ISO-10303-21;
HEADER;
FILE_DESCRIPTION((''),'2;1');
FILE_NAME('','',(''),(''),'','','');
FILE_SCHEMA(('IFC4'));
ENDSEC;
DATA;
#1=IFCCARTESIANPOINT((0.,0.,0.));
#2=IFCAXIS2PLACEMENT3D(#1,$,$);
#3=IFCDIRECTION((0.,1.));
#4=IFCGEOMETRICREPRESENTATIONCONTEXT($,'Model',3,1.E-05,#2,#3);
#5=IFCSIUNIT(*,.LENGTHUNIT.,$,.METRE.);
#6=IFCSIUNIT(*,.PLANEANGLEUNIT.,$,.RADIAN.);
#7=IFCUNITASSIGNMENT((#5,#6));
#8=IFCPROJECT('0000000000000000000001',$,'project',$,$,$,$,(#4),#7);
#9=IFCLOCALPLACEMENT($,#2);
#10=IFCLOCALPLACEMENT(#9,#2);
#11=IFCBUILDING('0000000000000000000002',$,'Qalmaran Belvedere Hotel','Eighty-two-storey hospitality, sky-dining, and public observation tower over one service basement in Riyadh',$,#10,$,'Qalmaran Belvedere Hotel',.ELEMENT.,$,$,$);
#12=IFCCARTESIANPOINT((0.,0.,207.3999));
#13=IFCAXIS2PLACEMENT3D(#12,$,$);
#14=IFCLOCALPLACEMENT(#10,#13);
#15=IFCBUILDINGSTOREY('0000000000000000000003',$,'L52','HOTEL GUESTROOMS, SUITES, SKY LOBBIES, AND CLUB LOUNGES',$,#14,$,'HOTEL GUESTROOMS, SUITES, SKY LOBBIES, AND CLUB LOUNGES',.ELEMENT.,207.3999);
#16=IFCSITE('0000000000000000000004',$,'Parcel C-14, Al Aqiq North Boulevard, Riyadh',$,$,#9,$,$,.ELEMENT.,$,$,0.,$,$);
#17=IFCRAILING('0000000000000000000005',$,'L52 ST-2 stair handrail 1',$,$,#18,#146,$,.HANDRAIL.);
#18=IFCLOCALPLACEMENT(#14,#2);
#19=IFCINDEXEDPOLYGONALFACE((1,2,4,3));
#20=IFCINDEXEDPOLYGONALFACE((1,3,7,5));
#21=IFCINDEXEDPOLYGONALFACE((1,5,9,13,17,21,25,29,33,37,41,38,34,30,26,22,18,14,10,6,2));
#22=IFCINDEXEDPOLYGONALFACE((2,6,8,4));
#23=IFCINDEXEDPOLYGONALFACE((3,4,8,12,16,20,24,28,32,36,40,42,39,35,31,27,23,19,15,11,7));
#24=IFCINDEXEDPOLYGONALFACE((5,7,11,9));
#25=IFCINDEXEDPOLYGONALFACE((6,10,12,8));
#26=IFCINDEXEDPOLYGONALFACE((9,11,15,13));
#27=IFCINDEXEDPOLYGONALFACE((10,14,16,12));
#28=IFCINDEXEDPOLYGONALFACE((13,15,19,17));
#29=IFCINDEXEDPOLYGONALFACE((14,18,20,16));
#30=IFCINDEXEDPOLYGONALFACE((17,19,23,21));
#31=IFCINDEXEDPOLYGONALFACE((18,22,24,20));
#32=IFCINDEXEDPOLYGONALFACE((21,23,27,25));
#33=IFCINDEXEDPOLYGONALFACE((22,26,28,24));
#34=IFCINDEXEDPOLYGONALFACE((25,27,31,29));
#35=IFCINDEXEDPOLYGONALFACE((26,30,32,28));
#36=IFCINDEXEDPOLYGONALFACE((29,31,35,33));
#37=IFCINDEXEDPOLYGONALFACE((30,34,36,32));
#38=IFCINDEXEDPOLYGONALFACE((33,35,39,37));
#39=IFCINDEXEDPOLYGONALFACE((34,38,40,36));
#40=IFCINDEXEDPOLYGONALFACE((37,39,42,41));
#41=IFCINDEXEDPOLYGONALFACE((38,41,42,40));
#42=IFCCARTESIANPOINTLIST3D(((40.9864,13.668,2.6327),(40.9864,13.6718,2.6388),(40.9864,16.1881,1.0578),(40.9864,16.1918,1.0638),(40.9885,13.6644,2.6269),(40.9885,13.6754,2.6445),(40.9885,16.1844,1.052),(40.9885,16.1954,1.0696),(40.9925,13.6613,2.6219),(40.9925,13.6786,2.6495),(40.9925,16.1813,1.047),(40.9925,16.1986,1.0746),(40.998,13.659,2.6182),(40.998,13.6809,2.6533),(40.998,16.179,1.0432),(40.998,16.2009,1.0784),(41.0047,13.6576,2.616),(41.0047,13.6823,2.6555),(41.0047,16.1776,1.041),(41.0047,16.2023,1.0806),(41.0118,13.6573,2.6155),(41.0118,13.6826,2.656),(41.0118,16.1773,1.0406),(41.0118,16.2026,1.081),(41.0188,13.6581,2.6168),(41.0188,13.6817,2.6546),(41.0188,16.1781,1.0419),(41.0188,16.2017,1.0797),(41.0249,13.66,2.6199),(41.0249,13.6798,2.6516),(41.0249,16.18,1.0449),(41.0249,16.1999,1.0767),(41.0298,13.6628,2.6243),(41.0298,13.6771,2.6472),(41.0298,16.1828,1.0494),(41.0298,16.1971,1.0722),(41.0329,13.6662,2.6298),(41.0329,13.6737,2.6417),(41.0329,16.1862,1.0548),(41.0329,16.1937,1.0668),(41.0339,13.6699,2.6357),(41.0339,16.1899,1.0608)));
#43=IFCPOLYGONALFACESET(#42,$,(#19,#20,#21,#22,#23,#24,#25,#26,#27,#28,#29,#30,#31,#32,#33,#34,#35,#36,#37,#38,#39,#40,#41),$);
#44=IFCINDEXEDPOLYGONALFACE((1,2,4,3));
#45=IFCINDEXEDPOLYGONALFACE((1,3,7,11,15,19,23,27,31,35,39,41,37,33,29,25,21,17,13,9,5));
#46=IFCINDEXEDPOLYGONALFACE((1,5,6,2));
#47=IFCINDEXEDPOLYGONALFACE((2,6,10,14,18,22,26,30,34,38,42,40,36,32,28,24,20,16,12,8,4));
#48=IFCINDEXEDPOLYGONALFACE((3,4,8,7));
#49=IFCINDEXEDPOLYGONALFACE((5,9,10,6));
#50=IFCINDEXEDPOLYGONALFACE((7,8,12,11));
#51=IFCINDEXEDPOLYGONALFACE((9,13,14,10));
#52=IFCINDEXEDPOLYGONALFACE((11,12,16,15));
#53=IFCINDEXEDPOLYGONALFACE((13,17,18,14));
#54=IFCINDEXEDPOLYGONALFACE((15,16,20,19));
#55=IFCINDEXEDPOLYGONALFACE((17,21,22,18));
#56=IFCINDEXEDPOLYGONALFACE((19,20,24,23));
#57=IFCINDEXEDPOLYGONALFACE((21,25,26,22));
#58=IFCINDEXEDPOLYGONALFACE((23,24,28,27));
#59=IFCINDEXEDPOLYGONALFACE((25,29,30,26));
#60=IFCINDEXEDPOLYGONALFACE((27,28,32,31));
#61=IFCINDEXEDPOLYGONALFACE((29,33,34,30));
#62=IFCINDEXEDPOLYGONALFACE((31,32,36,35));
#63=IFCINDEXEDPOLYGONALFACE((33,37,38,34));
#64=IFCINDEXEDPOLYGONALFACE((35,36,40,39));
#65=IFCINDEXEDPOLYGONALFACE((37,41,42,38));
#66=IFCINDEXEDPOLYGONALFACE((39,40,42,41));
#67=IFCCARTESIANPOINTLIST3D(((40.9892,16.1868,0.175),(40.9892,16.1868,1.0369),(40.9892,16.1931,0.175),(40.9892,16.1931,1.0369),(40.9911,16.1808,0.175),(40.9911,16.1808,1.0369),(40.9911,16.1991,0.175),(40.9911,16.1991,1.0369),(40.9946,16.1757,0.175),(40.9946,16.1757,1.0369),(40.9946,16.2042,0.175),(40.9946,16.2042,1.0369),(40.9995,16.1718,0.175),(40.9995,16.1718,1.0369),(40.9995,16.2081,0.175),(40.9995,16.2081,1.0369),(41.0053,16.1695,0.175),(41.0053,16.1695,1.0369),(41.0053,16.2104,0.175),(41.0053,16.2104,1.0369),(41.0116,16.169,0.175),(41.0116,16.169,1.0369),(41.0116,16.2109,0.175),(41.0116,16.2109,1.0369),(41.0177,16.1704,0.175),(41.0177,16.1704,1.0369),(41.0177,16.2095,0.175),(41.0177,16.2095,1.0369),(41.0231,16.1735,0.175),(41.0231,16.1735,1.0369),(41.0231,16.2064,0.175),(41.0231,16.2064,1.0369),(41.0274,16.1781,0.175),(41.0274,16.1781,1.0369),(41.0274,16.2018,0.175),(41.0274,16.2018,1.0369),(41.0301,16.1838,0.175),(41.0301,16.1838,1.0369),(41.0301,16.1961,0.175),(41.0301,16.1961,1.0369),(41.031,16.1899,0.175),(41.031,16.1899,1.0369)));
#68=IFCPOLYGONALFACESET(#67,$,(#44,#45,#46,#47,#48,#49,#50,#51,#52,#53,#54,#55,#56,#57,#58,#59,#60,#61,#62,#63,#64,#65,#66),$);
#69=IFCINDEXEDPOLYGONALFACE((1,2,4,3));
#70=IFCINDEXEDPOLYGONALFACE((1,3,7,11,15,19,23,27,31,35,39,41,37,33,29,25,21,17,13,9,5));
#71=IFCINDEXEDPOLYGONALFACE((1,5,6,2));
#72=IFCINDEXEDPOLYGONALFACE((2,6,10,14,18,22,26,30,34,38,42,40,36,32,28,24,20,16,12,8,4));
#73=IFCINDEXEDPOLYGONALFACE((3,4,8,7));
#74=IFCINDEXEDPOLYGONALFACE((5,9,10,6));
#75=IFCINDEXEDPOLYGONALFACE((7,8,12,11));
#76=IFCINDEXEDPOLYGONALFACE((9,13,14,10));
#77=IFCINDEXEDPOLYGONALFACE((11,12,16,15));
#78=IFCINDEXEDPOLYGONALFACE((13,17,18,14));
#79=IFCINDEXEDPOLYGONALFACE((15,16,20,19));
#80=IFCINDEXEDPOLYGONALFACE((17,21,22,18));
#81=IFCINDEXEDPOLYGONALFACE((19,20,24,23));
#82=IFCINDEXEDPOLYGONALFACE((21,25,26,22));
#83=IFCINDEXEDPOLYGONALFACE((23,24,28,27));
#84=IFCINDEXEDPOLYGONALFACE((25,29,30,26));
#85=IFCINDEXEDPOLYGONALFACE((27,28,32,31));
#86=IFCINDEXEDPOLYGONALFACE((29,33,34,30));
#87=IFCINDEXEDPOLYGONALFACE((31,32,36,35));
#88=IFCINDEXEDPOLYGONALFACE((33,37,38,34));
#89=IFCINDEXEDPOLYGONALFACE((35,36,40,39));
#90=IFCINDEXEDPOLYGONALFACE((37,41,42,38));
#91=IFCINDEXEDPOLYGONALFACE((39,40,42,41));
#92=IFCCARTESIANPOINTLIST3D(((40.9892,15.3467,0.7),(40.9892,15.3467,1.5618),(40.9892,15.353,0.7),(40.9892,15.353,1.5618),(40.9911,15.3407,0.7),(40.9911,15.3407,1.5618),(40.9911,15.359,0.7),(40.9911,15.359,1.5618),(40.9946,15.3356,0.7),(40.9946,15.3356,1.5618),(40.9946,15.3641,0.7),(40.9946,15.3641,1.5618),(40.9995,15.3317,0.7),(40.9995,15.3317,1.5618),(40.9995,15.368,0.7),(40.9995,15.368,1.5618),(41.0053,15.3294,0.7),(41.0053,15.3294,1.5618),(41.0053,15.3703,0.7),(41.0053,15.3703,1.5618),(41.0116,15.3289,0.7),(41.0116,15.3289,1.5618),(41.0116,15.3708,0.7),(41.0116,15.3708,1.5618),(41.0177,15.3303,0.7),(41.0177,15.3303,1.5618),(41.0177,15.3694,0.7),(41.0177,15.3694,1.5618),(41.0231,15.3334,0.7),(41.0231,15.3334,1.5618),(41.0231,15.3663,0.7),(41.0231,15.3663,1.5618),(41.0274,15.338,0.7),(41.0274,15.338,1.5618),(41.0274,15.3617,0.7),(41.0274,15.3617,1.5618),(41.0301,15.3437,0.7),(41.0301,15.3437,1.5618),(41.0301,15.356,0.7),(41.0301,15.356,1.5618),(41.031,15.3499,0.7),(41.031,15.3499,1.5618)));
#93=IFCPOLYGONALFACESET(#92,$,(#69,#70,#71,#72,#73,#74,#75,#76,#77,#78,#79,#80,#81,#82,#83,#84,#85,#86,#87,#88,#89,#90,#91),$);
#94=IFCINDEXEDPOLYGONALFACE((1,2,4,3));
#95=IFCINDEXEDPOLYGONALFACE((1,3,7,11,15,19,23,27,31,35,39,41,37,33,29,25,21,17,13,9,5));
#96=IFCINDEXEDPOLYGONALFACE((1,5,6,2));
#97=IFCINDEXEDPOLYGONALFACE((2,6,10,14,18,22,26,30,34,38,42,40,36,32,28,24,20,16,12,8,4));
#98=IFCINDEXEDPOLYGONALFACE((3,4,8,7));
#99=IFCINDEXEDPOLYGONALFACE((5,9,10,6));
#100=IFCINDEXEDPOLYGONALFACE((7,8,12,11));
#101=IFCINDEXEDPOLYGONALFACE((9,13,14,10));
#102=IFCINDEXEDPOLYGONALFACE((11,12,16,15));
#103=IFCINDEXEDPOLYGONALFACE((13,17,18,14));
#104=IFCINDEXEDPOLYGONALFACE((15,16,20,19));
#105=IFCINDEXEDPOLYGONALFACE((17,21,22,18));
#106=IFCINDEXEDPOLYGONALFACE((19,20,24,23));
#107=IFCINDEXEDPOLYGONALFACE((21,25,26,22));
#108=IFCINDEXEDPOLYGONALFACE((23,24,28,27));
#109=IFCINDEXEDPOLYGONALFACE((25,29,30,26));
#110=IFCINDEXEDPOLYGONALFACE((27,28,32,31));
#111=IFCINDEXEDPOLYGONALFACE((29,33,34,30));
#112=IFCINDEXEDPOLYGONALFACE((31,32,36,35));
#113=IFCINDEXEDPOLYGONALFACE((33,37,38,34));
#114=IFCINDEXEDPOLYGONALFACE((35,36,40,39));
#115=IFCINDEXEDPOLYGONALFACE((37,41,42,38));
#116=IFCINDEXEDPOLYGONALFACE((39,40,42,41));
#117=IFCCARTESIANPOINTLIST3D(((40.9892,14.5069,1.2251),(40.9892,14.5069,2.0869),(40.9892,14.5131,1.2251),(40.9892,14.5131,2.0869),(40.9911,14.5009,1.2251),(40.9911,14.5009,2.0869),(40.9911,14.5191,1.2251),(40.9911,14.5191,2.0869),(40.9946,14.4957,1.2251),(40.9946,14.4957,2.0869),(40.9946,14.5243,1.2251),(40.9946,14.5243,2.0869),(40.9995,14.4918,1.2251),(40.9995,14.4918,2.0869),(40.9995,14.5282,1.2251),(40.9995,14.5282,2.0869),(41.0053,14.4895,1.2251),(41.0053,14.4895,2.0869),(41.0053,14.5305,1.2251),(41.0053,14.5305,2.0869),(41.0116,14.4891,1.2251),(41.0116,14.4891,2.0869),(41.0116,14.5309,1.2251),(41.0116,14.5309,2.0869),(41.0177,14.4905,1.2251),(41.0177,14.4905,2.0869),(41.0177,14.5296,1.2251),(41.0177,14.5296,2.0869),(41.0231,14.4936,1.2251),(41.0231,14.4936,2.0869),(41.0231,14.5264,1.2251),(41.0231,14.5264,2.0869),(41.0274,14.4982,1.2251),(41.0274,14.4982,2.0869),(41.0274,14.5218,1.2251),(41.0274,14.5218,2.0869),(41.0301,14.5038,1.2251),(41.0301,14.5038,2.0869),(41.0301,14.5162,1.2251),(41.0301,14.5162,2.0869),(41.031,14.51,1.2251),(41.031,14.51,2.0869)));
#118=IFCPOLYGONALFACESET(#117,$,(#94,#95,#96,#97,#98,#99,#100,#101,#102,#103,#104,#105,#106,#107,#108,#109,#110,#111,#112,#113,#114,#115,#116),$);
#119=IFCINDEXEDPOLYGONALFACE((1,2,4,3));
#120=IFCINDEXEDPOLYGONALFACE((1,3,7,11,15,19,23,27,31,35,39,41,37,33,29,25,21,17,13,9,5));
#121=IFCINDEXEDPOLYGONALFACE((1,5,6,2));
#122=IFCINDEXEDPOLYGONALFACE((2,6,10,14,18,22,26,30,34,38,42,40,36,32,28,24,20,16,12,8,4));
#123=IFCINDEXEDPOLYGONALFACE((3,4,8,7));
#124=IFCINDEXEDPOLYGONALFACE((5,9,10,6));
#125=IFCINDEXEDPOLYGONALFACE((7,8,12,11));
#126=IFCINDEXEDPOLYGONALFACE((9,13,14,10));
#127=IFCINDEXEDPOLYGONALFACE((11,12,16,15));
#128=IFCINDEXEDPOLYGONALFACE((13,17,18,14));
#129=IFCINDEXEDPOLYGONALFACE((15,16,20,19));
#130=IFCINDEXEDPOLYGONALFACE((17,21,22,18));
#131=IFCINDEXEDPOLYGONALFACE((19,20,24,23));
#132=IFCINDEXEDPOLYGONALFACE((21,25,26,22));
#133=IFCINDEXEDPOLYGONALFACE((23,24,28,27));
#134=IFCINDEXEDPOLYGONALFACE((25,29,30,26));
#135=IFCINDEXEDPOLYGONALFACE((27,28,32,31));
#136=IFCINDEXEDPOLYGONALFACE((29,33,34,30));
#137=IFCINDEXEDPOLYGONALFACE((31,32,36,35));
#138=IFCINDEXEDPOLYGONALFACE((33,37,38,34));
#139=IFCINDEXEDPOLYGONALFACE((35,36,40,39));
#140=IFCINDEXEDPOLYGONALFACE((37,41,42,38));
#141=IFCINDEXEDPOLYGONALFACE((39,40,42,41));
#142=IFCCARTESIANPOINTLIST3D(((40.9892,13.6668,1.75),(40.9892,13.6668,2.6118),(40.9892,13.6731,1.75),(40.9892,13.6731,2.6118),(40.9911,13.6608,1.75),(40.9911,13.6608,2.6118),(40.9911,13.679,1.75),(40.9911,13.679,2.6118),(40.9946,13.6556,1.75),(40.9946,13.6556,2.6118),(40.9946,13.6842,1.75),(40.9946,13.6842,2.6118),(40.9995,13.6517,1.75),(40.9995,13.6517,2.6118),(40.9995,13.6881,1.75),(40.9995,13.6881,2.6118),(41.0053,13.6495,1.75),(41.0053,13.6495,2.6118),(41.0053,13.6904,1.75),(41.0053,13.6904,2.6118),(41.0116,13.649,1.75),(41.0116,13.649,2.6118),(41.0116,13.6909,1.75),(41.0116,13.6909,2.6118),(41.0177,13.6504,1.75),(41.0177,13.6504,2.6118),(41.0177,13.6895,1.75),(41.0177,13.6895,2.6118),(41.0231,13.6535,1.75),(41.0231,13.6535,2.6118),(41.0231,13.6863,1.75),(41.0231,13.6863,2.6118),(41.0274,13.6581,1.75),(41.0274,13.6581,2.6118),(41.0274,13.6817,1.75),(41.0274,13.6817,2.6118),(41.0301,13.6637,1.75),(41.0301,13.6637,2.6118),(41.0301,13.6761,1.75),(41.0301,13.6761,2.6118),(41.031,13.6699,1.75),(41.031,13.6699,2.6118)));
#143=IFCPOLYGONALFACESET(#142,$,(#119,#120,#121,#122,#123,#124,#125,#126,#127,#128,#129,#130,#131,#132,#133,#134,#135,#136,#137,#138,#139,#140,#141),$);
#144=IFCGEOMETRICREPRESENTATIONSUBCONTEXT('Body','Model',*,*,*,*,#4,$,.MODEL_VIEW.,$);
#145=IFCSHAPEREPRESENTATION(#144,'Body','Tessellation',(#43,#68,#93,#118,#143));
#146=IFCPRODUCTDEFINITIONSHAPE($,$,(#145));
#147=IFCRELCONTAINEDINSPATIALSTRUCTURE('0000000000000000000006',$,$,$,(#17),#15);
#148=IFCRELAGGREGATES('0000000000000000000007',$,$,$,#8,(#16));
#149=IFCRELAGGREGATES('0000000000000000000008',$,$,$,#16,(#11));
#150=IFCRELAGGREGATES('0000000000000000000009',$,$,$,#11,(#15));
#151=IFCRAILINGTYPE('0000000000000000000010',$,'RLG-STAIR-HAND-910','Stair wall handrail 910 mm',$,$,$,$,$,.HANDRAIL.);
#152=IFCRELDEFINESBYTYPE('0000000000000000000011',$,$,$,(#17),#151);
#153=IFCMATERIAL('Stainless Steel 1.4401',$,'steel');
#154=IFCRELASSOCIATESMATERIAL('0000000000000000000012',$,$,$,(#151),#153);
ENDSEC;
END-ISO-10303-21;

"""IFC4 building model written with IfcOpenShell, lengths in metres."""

from ifc_helpers import new_model, si_unit, direction, frame, origin, origin_2d, place, context, subcontext, project, spatial, circle, extrude, material, type_object, element, save


model = new_model("IFC4")

# Units and contexts
model_context = context("Model", 3, precision=1e-05, world=origin(), true_north=direction((0.0, 1.0)))
body_context = subcontext(model_context, "Body", "Model", "MODEL_VIEW")
ifc_project = project(units=[si_unit("LENGTHUNIT", "METRE"), si_unit("PLANEANGLEUNIT", "RADIAN")], contexts=[model_context])

# Site, building, storey
site_placement = place(None, origin())
site = spatial("IfcSite", under=ifc_project, at=site_placement, Name="Parcel C-14, Al Aqiq North Boulevard, Riyadh", CompositionType="ELEMENT", RefElevation=0.0)
building_placement = place(site_placement, origin())
building = spatial("IfcBuilding", under=site, at=building_placement, Name="Qalmaran Belvedere Hotel", Description="Eighty-two-storey hospitality, sky-dining, and public observation tower over one service basement in Riyadh", LongName="Qalmaran Belvedere Hotel", CompositionType="ELEMENT")
storey_placement = place(building_placement, frame((0.0, 0.0, 207.3999)))
storey = spatial("IfcBuildingStorey", under=building, at=storey_placement, Name="L52", Description="HOTEL GUESTROOMS, SUITES, SKY LOBBIES, AND CLUB LOUNGES", LongName="HOTEL GUESTROOMS, SUITES, SKY LOBBIES, AND CLUB LOUNGES", CompositionType="ELEMENT", Elevation=207.3999)

# Shared definitions
ifc_material_1 = material(Name="Stainless Steel 1.4401", Category="steel")

# Railing
railing_type_1 = type_object("IfcRailingType", Name="RLG-STAIR-HAND-910", Description="Stair wall handrail 910 mm", PredefinedType="HANDRAIL", material=ifc_material_1)
railing_1_placement = place(storey_placement, frame((41.01, 16.1899, 0.175)))
element("IfcRailing", 1, at=railing_1_placement, inside=storey, type_object=railing_type_1, Name="L52 ST-2 stair handrail 1", PredefinedType="HANDRAIL", context=body_context, shape_type="SweptSolid", body=[
    extrude(circle(Radius=0.0239, at=origin_2d()), frame((0.0, 0.0, 0.8857), z_axis=(0.0, -0.848008, 0.529984), x_axis=(1.0, 0.0, 0.0)), (0.0, 0.0, 1.0), 2.9717),
    extrude(circle(Radius=0.021, at=origin_2d()), origin(), (0.0, 0.0, 1.0), 0.8618),
    extrude(circle(Radius=0.021, at=origin_2d()), frame((0.0, -0.8401, 0.5249)), (0.0, 0.0, 1.0), 0.8618),
    extrude(circle(Radius=0.021, at=origin_2d()), frame((0.0, -1.6799, 1.05)), (0.0, 0.0, 1.0), 0.8618),
    extrude(circle(Radius=0.021, at=origin_2d()), frame((0.0, -2.52, 1.575)), (0.0, 0.0, 1.0), 0.8618),
])

save(model, "model.ifc")
